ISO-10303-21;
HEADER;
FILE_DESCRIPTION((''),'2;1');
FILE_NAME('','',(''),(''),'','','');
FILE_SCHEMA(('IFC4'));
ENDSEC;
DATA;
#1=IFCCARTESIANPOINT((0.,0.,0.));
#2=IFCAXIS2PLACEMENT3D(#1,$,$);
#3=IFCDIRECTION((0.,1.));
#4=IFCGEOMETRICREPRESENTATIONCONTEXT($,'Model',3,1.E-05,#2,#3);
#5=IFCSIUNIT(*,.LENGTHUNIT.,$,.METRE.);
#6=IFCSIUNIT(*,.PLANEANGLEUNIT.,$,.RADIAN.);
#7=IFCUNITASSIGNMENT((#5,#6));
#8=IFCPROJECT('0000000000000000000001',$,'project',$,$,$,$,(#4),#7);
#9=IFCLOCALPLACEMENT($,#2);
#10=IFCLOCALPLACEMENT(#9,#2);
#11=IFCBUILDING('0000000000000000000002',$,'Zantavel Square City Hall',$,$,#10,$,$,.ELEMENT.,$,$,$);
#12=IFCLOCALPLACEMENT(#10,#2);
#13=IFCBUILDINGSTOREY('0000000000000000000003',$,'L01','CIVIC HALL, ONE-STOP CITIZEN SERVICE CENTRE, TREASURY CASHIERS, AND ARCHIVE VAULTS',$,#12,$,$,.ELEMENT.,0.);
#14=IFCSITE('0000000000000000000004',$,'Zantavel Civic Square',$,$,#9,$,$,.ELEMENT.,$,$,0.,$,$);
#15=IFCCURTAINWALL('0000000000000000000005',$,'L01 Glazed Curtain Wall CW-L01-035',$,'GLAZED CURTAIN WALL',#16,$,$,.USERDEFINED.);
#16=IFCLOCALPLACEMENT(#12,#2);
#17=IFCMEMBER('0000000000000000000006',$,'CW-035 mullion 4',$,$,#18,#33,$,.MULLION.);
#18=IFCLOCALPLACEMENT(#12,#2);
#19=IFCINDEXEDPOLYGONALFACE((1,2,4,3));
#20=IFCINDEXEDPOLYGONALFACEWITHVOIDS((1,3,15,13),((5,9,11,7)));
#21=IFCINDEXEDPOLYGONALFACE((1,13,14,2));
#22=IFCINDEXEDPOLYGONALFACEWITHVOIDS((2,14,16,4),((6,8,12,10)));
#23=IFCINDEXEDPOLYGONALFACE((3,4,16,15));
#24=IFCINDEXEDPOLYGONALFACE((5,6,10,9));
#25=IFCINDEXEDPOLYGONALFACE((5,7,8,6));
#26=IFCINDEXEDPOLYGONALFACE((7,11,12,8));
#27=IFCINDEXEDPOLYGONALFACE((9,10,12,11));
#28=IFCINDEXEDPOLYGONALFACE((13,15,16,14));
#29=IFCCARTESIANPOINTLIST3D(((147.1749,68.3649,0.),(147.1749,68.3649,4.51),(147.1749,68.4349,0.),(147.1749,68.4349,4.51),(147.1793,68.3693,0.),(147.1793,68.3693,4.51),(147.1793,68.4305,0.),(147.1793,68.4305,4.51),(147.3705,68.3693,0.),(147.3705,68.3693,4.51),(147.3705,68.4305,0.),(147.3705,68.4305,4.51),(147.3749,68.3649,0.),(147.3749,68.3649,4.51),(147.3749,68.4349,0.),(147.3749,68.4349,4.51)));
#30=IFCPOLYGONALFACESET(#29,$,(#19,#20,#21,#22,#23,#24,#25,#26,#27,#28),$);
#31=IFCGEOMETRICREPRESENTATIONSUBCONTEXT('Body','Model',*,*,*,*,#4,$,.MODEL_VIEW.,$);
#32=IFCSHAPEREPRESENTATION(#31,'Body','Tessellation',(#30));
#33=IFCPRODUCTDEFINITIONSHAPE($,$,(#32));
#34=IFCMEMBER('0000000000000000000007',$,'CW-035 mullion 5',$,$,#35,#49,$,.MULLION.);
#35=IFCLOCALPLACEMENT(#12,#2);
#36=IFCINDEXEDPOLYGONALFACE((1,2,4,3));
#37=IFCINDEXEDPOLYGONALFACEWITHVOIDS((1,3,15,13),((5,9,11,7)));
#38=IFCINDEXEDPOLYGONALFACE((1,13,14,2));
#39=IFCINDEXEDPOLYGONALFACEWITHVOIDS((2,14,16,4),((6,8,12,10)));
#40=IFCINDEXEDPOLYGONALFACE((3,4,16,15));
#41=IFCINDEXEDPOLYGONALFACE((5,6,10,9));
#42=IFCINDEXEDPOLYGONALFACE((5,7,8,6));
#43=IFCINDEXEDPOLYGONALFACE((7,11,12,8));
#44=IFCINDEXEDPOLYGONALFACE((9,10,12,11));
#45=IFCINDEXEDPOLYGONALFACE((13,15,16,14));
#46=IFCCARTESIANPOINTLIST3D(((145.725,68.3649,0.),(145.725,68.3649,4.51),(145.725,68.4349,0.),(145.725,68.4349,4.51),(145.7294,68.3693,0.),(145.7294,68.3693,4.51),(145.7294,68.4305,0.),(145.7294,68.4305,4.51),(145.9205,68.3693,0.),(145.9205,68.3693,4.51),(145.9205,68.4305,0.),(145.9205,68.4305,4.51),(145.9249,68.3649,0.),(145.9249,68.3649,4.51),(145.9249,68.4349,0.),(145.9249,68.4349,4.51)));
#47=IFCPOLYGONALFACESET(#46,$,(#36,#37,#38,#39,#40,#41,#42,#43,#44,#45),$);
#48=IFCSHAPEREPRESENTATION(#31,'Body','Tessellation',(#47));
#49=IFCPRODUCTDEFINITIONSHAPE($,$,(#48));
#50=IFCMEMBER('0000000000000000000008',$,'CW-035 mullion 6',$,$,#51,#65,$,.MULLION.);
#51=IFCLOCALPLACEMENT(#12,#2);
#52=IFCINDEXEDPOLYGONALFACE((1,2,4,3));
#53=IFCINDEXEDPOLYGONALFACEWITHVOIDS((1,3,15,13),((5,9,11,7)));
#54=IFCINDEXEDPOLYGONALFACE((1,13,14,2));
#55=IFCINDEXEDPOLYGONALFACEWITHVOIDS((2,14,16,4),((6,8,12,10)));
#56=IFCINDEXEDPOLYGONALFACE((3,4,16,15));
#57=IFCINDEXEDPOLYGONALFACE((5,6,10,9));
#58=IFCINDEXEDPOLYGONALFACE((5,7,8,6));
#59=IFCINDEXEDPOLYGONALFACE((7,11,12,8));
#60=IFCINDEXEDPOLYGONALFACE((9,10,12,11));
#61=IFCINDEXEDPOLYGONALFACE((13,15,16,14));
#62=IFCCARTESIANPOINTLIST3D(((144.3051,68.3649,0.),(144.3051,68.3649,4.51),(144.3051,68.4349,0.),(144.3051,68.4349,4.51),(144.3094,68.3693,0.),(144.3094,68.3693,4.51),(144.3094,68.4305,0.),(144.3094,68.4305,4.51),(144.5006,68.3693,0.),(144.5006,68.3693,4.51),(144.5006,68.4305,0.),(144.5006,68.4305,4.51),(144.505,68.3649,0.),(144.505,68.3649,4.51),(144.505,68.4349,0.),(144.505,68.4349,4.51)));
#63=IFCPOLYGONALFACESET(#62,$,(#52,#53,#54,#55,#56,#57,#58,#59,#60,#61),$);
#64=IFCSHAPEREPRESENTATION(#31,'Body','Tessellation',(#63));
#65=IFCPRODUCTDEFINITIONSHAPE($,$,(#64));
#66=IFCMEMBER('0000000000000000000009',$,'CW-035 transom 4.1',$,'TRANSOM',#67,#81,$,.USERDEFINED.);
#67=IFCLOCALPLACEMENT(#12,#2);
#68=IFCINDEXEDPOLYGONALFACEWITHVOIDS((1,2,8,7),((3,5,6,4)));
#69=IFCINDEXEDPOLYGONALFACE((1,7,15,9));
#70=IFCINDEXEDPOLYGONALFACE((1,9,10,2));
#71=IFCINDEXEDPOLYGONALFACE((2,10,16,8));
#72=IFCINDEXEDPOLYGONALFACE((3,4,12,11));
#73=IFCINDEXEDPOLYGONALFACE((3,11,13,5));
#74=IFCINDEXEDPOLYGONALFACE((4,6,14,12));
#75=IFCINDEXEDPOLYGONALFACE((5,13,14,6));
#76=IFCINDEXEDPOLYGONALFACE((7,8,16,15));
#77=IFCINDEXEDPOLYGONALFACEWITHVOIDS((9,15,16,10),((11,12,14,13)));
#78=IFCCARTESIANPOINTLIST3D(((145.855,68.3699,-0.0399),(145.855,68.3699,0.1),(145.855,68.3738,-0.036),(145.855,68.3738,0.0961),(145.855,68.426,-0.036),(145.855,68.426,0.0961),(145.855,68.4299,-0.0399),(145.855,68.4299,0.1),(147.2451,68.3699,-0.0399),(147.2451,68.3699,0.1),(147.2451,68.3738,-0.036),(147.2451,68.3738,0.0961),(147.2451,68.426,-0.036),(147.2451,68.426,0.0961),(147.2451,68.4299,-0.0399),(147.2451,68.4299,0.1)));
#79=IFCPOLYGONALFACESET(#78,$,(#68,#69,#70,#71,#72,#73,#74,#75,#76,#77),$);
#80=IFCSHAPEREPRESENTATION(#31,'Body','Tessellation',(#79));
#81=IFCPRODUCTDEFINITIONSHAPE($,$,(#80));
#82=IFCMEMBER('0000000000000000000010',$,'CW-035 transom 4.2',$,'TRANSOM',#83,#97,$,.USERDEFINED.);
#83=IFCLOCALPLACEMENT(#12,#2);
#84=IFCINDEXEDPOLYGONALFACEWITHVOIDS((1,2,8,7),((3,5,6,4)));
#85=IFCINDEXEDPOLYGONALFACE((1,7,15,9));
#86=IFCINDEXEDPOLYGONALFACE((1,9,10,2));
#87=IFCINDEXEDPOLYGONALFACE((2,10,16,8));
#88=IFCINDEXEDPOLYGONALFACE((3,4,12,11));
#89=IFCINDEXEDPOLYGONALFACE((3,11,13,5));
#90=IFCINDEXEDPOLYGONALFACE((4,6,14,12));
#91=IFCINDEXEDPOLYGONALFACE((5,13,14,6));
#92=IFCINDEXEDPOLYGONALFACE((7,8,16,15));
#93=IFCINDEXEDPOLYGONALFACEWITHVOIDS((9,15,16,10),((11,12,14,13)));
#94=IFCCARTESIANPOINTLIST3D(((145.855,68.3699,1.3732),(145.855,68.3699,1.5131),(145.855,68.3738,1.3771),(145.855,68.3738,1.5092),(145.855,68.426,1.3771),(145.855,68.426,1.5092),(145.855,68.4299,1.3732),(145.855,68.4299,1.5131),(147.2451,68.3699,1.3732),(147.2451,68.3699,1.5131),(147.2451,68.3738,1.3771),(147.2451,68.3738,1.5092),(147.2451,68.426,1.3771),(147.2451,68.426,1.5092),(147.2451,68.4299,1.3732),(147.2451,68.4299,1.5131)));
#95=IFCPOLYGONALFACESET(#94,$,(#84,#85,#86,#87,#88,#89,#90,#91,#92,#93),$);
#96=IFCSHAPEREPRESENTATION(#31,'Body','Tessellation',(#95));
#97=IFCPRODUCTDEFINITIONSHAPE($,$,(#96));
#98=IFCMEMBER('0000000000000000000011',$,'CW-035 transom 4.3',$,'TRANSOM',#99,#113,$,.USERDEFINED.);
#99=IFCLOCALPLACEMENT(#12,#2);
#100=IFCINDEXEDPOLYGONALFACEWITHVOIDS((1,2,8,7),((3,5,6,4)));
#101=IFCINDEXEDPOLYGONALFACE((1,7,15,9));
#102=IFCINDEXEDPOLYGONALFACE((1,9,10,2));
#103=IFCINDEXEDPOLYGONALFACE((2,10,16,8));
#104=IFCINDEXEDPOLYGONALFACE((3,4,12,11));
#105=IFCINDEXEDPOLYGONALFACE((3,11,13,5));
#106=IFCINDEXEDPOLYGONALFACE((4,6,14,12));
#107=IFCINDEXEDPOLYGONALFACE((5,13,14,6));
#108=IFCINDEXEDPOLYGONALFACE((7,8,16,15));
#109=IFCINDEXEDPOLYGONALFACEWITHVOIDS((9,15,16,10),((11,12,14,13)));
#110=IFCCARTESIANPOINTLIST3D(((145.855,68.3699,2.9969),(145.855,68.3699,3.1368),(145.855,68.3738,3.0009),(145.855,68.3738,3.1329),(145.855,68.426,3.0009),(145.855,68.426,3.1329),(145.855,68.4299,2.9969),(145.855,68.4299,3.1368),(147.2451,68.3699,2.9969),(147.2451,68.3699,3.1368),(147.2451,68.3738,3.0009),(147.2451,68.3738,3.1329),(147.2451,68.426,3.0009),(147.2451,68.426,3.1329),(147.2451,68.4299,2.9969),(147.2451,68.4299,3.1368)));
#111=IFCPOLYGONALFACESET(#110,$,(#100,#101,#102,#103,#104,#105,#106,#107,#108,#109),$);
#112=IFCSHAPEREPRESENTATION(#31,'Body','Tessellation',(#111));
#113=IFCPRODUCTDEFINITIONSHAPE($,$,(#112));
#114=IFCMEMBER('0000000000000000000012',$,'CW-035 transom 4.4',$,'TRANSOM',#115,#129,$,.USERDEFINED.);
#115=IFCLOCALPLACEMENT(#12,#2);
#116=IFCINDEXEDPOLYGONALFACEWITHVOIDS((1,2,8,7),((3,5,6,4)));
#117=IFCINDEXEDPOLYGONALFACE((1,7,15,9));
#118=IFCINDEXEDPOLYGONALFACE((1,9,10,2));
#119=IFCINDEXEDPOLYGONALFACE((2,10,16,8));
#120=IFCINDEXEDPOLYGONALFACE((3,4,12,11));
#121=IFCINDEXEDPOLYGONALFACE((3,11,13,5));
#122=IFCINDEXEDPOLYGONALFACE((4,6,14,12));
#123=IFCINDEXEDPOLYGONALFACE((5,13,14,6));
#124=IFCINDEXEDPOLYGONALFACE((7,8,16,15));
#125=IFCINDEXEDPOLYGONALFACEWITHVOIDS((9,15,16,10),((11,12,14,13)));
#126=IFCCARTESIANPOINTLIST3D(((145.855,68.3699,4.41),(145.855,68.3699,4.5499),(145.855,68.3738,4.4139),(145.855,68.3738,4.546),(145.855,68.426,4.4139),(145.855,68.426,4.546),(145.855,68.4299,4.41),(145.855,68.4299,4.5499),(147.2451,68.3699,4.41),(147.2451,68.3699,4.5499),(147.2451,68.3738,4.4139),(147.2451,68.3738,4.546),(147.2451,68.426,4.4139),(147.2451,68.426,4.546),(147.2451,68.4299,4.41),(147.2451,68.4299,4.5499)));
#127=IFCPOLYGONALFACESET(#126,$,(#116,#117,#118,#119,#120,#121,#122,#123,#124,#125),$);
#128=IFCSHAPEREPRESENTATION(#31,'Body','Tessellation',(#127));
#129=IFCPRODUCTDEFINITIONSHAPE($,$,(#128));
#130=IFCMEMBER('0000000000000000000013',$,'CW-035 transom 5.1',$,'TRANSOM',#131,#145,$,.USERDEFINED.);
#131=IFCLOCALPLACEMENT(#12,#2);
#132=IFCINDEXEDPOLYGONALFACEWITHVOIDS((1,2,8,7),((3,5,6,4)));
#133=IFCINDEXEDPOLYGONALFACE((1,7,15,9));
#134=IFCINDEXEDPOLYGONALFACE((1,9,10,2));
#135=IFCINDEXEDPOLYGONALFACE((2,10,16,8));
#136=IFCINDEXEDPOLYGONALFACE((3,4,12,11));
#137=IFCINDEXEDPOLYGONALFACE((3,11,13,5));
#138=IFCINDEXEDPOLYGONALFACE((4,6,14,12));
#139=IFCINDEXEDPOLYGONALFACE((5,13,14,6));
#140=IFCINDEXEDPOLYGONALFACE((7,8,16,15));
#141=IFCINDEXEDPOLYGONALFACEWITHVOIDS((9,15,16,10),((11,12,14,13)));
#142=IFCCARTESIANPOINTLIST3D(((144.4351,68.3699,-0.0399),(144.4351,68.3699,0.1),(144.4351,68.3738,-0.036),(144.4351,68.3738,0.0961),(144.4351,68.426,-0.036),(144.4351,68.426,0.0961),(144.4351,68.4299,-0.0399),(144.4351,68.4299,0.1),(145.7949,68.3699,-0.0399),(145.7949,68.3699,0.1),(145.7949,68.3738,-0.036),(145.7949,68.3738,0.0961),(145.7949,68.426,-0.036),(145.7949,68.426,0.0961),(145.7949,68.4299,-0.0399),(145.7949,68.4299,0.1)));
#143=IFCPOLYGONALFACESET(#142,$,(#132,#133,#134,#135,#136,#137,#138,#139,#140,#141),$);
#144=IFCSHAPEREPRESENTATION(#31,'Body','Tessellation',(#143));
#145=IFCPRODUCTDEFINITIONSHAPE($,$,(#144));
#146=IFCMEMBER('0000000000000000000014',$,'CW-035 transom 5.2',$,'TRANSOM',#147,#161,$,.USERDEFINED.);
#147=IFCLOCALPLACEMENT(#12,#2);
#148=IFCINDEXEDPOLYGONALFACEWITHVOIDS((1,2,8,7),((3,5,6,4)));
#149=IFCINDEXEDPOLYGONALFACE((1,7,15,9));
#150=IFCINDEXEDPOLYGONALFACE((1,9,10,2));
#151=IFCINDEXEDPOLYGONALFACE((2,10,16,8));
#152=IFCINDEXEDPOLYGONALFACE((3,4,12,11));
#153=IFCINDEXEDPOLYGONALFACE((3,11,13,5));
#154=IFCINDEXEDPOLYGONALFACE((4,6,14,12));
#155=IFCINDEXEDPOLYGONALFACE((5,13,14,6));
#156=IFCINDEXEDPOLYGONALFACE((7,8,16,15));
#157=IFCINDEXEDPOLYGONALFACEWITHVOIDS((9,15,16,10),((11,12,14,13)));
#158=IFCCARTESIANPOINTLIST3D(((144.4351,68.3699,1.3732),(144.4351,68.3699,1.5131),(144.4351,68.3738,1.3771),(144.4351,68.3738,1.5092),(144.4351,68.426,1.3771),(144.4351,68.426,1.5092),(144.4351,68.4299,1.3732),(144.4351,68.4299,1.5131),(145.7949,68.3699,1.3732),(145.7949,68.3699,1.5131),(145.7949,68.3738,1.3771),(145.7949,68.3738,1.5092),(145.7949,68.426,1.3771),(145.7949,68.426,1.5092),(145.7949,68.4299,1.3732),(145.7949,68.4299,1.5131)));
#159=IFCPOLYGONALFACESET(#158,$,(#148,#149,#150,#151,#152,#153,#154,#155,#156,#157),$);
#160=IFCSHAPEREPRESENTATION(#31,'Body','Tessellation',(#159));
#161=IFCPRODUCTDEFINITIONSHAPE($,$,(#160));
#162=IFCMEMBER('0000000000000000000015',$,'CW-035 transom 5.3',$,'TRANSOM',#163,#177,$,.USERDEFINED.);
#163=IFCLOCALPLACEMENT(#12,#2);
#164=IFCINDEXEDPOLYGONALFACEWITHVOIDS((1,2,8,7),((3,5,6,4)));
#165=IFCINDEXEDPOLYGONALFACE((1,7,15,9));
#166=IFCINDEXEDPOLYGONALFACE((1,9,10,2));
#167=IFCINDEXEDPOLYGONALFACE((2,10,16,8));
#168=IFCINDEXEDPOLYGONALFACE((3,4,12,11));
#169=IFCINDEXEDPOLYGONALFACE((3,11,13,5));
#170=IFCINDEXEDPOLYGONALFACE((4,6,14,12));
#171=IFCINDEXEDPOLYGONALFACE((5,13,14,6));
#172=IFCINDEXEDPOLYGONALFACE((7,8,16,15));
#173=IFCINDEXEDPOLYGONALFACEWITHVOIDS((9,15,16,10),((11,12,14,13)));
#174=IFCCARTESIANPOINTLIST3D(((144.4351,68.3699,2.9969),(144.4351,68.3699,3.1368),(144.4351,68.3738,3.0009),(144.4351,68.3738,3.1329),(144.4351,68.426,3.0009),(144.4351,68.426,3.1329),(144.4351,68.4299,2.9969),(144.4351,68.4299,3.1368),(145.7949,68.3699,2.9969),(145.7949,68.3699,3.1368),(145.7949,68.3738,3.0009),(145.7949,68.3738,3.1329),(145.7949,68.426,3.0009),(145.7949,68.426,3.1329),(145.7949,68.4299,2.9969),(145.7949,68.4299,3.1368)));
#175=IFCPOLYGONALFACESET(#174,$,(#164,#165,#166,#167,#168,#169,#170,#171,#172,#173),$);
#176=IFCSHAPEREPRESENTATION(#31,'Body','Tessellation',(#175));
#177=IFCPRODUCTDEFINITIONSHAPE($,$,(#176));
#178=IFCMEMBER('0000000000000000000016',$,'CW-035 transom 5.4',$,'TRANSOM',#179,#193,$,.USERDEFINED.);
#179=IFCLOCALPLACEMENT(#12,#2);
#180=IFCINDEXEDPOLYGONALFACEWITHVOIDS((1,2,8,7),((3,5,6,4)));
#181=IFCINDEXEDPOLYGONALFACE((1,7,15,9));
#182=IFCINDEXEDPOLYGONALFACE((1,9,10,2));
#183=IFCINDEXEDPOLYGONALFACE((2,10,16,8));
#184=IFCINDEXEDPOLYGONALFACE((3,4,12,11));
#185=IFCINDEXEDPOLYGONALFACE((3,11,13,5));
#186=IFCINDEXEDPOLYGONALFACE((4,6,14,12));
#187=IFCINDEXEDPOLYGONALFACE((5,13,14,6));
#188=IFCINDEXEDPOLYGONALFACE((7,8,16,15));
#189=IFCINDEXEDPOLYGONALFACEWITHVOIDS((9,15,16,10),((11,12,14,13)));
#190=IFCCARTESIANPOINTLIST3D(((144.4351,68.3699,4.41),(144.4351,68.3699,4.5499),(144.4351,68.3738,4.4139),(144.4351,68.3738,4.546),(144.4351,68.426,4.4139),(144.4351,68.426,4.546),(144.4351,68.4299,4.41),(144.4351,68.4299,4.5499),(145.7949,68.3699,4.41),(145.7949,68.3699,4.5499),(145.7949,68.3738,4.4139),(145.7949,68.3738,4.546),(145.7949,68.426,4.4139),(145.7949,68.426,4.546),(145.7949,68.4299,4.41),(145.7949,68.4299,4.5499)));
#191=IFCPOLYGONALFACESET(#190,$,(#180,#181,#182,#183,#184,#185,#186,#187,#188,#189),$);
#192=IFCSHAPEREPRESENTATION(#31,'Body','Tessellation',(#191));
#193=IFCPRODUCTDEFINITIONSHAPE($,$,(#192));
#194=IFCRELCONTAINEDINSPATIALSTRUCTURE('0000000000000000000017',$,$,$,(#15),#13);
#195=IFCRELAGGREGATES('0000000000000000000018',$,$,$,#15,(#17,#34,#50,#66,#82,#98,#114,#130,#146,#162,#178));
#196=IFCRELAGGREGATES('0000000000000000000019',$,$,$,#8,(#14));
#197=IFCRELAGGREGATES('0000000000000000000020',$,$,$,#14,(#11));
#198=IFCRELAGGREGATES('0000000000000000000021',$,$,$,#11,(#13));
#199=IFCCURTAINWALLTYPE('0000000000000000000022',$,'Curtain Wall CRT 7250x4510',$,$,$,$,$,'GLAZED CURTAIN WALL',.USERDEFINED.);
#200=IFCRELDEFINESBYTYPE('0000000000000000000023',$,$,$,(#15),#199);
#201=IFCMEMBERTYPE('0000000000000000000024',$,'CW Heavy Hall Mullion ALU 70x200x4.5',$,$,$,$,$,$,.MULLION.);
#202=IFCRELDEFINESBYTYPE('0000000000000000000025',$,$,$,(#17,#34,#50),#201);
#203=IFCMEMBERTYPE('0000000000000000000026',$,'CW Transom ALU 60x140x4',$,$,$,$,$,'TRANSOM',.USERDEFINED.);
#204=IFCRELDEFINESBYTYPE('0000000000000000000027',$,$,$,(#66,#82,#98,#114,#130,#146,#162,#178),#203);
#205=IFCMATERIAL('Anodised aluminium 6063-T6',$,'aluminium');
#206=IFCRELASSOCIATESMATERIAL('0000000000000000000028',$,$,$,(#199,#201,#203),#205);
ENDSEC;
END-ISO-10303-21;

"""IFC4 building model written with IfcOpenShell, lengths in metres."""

from ifc_helpers import new_model, si_unit, direction, frame, origin, origin_2d, place, context, subcontext, project, spatial, hollow_rectangle, extrude, material, material_profile, profile_set, type_object, element, aggregate, save


model = new_model("IFC4")

# Units and contexts
model_context = context("Model", 3, precision=1e-05, world=origin(), true_north=direction((0.0, 1.0)))
body_context = subcontext(model_context, "Body", "Model", "MODEL_VIEW")
ifc_project = project(units=[si_unit("LENGTHUNIT", "METRE"), si_unit("PLANEANGLEUNIT", "RADIAN")], contexts=[model_context])

# Site, building, storey
site_placement = place(None, origin())
site = spatial("IfcSite", under=ifc_project, at=site_placement, Name="Zantavel Civic Square", CompositionType="ELEMENT", RefElevation=0.0)
building_placement = place(site_placement, origin())
building = spatial("IfcBuilding", under=site, at=building_placement, Name="Zantavel Square City Hall", CompositionType="ELEMENT")
storey_placement = place(building_placement, origin())
storey = spatial("IfcBuildingStorey", under=building, at=storey_placement, Name="L01", Description="CIVIC HALL, ONE-STOP CITIZEN SERVICE CENTRE, TREASURY CASHIERS, AND ARCHIVE VAULTS", CompositionType="ELEMENT", Elevation=0.0)

# Curtain wall, members
ifc_material_1 = material(Name="Anodised aluminium 6063-T6", Category="aluminium")
curtain_wall_type = type_object("IfcCurtainWallType", Name="Curtain Wall CRT 7250x4510", ElementType="GLAZED CURTAIN WALL", PredefinedType="USERDEFINED", material=ifc_material_1)
curtain_wall_placement = place(storey_placement, origin())
curtain_wall = element("IfcCurtainWall", 1, at=curtain_wall_placement, inside=storey, type_object=curtain_wall_type, Name="L01 Glazed Curtain Wall CW-L01-035", ObjectType="GLAZED CURTAIN WALL", PredefinedType="USERDEFINED")
ifc_material_profile_1 = material_profile(ifc_material_1, hollow_rectangle(XDim=0.0701, YDim=0.2, WallThickness=0.0044, at=origin_2d()), Name="ALU 70x200x4.5")
ifc_profile_set_1 = profile_set([ifc_material_profile_1], Name="Anodised aluminium 6063-T6")
member_type_1 = type_object("IfcMemberType", Name="CW Heavy Hall Mullion ALU 70x200x4.5", PredefinedType="MULLION", material=ifc_profile_set_1)
member_1_placement = place(storey_placement, frame((147.2749, 68.3999, 0.0), z_axis=(0.0, 0.0, 1.0), x_axis=(0.0, -1.0, 0.0)))
member_1 = element("IfcMember", 2, at=member_1_placement, type_object=member_type_1, Name="CW-035 mullion 4", PredefinedType="MULLION", context=body_context, shape_type="SweptSolid", body=[
    extrude(hollow_rectangle(XDim=0.0701, YDim=0.2, WallThickness=0.0044, at=origin_2d()), origin(), (0.0, 0.0, 1.0), 4.51),
])
member_2_placement = place(storey_placement, frame((145.825, 68.3999, 0.0), z_axis=(0.0, 0.0, 1.0), x_axis=(0.0, -1.0, 0.0)))
member_2 = element("IfcMember", 3, at=member_2_placement, type_object=member_type_1, Name="CW-035 mullion 5", PredefinedType="MULLION", context=body_context, shape_type="SweptSolid", body=[
    extrude(hollow_rectangle(XDim=0.0701, YDim=0.2, WallThickness=0.0044, at=origin_2d()), origin(), (0.0, 0.0, 1.0), 4.51),
])
member_3_placement = place(storey_placement, frame((144.405, 68.3999, 0.0), z_axis=(0.0, 0.0, 1.0), x_axis=(0.0, -1.0, 0.0)))
member_3 = element("IfcMember", 4, at=member_3_placement, type_object=member_type_1, Name="CW-035 mullion 6", PredefinedType="MULLION", context=body_context, shape_type="SweptSolid", body=[
    extrude(hollow_rectangle(XDim=0.0701, YDim=0.2, WallThickness=0.0044, at=origin_2d()), origin(), (0.0, 0.0, 1.0), 4.51),
])
ifc_material_profile_2 = material_profile(ifc_material_1, hollow_rectangle(XDim=0.0601, YDim=0.1399, WallThickness=0.0039, at=origin_2d()), Name="ALU 60x140x4")
ifc_profile_set_2 = profile_set([ifc_material_profile_2], Name="Anodised aluminium 6063-T6")
member_type_2 = type_object("IfcMemberType", Name="CW Transom ALU 60x140x4", ElementType="TRANSOM", PredefinedType="USERDEFINED", material=ifc_profile_set_2)
member_4_placement = place(storey_placement, frame((147.2451, 68.3999, 0.03), z_axis=(-1.0, 0.0, 0.0), x_axis=(0.0, -1.0, 0.0)))
member_4 = element("IfcMember", 5, at=member_4_placement, type_object=member_type_2, Name="CW-035 transom 4.1", ObjectType="TRANSOM", PredefinedType="USERDEFINED", context=body_context, shape_type="SweptSolid", body=[
    extrude(hollow_rectangle(XDim=0.0601, YDim=0.1399, WallThickness=0.0039, at=origin_2d()), origin(), (0.0, 0.0, 1.0), 1.3901),
])
member_5_placement = place(storey_placement, frame((147.2451, 68.3999, 1.4431), z_axis=(-1.0, 0.0, 0.0), x_axis=(0.0, -1.0, 0.0)))
member_5 = element("IfcMember", 6, at=member_5_placement, type_object=member_type_2, Name="CW-035 transom 4.2", ObjectType="TRANSOM", PredefinedType="USERDEFINED", context=body_context, shape_type="SweptSolid", body=[
    extrude(hollow_rectangle(XDim=0.0601, YDim=0.1399, WallThickness=0.0039, at=origin_2d()), origin(), (0.0, 0.0, 1.0), 1.3901),
])
member_6_placement = place(storey_placement, frame((147.2451, 68.3999, 3.0669), z_axis=(-1.0, 0.0, 0.0), x_axis=(0.0, -1.0, 0.0)))
member_6 = element("IfcMember", 7, at=member_6_placement, type_object=member_type_2, Name="CW-035 transom 4.3", ObjectType="TRANSOM", PredefinedType="USERDEFINED", context=body_context, shape_type="SweptSolid", body=[
    extrude(hollow_rectangle(XDim=0.0601, YDim=0.1399, WallThickness=0.0039, at=origin_2d()), origin(), (0.0, 0.0, 1.0), 1.3901),
])
member_7_placement = place(storey_placement, frame((147.2451, 68.3999, 4.48), z_axis=(-1.0, 0.0, 0.0), x_axis=(0.0, -1.0, 0.0)))
member_7 = element("IfcMember", 8, at=member_7_placement, type_object=member_type_2, Name="CW-035 transom 4.4", ObjectType="TRANSOM", PredefinedType="USERDEFINED", context=body_context, shape_type="SweptSolid", body=[
    extrude(hollow_rectangle(XDim=0.0601, YDim=0.1399, WallThickness=0.0039, at=origin_2d()), origin(), (0.0, 0.0, 1.0), 1.3901),
])
member_8_placement = place(storey_placement, frame((145.7949, 68.3999, 0.03), z_axis=(-1.0, 0.0, 0.0), x_axis=(0.0, -1.0, 0.0)))
member_8 = element("IfcMember", 9, at=member_8_placement, type_object=member_type_2, Name="CW-035 transom 5.1", ObjectType="TRANSOM", PredefinedType="USERDEFINED", context=body_context, shape_type="SweptSolid", body=[
    extrude(hollow_rectangle(XDim=0.0601, YDim=0.1399, WallThickness=0.0039, at=origin_2d()), origin(), (0.0, 0.0, 1.0), 1.3599),
])
member_9_placement = place(storey_placement, frame((145.7949, 68.3999, 1.4431), z_axis=(-1.0, 0.0, 0.0), x_axis=(0.0, -1.0, 0.0)))
member_9 = element("IfcMember", 10, at=member_9_placement, type_object=member_type_2, Name="CW-035 transom 5.2", ObjectType="TRANSOM", PredefinedType="USERDEFINED", context=body_context, shape_type="SweptSolid", body=[
    extrude(hollow_rectangle(XDim=0.0601, YDim=0.1399, WallThickness=0.0039, at=origin_2d()), origin(), (0.0, 0.0, 1.0), 1.3599),
])
member_10_placement = place(storey_placement, frame((145.7949, 68.3999, 3.0669), z_axis=(-1.0, 0.0, 0.0), x_axis=(0.0, -1.0, 0.0)))
member_10 = element("IfcMember", 11, at=member_10_placement, type_object=member_type_2, Name="CW-035 transom 5.3", ObjectType="TRANSOM", PredefinedType="USERDEFINED", context=body_context, shape_type="SweptSolid", body=[
    extrude(hollow_rectangle(XDim=0.0601, YDim=0.1399, WallThickness=0.0039, at=origin_2d()), origin(), (0.0, 0.0, 1.0), 1.3599),
])
member_11_placement = place(storey_placement, frame((145.7949, 68.3999, 4.48), z_axis=(-1.0, 0.0, 0.0), x_axis=(0.0, -1.0, 0.0)))
member_11 = element("IfcMember", 12, at=member_11_placement, type_object=member_type_2, Name="CW-035 transom 5.4", ObjectType="TRANSOM", PredefinedType="USERDEFINED", context=body_context, shape_type="SweptSolid", body=[
    extrude(hollow_rectangle(XDim=0.0601, YDim=0.1399, WallThickness=0.0039, at=origin_2d()), origin(), (0.0, 0.0, 1.0), 1.3599),
])

aggregate(curtain_wall, [member_1, member_2, member_3, member_4, member_5, member_6, member_7, member_8, member_9, member_10, member_11])

save(model, "model.ifc")
